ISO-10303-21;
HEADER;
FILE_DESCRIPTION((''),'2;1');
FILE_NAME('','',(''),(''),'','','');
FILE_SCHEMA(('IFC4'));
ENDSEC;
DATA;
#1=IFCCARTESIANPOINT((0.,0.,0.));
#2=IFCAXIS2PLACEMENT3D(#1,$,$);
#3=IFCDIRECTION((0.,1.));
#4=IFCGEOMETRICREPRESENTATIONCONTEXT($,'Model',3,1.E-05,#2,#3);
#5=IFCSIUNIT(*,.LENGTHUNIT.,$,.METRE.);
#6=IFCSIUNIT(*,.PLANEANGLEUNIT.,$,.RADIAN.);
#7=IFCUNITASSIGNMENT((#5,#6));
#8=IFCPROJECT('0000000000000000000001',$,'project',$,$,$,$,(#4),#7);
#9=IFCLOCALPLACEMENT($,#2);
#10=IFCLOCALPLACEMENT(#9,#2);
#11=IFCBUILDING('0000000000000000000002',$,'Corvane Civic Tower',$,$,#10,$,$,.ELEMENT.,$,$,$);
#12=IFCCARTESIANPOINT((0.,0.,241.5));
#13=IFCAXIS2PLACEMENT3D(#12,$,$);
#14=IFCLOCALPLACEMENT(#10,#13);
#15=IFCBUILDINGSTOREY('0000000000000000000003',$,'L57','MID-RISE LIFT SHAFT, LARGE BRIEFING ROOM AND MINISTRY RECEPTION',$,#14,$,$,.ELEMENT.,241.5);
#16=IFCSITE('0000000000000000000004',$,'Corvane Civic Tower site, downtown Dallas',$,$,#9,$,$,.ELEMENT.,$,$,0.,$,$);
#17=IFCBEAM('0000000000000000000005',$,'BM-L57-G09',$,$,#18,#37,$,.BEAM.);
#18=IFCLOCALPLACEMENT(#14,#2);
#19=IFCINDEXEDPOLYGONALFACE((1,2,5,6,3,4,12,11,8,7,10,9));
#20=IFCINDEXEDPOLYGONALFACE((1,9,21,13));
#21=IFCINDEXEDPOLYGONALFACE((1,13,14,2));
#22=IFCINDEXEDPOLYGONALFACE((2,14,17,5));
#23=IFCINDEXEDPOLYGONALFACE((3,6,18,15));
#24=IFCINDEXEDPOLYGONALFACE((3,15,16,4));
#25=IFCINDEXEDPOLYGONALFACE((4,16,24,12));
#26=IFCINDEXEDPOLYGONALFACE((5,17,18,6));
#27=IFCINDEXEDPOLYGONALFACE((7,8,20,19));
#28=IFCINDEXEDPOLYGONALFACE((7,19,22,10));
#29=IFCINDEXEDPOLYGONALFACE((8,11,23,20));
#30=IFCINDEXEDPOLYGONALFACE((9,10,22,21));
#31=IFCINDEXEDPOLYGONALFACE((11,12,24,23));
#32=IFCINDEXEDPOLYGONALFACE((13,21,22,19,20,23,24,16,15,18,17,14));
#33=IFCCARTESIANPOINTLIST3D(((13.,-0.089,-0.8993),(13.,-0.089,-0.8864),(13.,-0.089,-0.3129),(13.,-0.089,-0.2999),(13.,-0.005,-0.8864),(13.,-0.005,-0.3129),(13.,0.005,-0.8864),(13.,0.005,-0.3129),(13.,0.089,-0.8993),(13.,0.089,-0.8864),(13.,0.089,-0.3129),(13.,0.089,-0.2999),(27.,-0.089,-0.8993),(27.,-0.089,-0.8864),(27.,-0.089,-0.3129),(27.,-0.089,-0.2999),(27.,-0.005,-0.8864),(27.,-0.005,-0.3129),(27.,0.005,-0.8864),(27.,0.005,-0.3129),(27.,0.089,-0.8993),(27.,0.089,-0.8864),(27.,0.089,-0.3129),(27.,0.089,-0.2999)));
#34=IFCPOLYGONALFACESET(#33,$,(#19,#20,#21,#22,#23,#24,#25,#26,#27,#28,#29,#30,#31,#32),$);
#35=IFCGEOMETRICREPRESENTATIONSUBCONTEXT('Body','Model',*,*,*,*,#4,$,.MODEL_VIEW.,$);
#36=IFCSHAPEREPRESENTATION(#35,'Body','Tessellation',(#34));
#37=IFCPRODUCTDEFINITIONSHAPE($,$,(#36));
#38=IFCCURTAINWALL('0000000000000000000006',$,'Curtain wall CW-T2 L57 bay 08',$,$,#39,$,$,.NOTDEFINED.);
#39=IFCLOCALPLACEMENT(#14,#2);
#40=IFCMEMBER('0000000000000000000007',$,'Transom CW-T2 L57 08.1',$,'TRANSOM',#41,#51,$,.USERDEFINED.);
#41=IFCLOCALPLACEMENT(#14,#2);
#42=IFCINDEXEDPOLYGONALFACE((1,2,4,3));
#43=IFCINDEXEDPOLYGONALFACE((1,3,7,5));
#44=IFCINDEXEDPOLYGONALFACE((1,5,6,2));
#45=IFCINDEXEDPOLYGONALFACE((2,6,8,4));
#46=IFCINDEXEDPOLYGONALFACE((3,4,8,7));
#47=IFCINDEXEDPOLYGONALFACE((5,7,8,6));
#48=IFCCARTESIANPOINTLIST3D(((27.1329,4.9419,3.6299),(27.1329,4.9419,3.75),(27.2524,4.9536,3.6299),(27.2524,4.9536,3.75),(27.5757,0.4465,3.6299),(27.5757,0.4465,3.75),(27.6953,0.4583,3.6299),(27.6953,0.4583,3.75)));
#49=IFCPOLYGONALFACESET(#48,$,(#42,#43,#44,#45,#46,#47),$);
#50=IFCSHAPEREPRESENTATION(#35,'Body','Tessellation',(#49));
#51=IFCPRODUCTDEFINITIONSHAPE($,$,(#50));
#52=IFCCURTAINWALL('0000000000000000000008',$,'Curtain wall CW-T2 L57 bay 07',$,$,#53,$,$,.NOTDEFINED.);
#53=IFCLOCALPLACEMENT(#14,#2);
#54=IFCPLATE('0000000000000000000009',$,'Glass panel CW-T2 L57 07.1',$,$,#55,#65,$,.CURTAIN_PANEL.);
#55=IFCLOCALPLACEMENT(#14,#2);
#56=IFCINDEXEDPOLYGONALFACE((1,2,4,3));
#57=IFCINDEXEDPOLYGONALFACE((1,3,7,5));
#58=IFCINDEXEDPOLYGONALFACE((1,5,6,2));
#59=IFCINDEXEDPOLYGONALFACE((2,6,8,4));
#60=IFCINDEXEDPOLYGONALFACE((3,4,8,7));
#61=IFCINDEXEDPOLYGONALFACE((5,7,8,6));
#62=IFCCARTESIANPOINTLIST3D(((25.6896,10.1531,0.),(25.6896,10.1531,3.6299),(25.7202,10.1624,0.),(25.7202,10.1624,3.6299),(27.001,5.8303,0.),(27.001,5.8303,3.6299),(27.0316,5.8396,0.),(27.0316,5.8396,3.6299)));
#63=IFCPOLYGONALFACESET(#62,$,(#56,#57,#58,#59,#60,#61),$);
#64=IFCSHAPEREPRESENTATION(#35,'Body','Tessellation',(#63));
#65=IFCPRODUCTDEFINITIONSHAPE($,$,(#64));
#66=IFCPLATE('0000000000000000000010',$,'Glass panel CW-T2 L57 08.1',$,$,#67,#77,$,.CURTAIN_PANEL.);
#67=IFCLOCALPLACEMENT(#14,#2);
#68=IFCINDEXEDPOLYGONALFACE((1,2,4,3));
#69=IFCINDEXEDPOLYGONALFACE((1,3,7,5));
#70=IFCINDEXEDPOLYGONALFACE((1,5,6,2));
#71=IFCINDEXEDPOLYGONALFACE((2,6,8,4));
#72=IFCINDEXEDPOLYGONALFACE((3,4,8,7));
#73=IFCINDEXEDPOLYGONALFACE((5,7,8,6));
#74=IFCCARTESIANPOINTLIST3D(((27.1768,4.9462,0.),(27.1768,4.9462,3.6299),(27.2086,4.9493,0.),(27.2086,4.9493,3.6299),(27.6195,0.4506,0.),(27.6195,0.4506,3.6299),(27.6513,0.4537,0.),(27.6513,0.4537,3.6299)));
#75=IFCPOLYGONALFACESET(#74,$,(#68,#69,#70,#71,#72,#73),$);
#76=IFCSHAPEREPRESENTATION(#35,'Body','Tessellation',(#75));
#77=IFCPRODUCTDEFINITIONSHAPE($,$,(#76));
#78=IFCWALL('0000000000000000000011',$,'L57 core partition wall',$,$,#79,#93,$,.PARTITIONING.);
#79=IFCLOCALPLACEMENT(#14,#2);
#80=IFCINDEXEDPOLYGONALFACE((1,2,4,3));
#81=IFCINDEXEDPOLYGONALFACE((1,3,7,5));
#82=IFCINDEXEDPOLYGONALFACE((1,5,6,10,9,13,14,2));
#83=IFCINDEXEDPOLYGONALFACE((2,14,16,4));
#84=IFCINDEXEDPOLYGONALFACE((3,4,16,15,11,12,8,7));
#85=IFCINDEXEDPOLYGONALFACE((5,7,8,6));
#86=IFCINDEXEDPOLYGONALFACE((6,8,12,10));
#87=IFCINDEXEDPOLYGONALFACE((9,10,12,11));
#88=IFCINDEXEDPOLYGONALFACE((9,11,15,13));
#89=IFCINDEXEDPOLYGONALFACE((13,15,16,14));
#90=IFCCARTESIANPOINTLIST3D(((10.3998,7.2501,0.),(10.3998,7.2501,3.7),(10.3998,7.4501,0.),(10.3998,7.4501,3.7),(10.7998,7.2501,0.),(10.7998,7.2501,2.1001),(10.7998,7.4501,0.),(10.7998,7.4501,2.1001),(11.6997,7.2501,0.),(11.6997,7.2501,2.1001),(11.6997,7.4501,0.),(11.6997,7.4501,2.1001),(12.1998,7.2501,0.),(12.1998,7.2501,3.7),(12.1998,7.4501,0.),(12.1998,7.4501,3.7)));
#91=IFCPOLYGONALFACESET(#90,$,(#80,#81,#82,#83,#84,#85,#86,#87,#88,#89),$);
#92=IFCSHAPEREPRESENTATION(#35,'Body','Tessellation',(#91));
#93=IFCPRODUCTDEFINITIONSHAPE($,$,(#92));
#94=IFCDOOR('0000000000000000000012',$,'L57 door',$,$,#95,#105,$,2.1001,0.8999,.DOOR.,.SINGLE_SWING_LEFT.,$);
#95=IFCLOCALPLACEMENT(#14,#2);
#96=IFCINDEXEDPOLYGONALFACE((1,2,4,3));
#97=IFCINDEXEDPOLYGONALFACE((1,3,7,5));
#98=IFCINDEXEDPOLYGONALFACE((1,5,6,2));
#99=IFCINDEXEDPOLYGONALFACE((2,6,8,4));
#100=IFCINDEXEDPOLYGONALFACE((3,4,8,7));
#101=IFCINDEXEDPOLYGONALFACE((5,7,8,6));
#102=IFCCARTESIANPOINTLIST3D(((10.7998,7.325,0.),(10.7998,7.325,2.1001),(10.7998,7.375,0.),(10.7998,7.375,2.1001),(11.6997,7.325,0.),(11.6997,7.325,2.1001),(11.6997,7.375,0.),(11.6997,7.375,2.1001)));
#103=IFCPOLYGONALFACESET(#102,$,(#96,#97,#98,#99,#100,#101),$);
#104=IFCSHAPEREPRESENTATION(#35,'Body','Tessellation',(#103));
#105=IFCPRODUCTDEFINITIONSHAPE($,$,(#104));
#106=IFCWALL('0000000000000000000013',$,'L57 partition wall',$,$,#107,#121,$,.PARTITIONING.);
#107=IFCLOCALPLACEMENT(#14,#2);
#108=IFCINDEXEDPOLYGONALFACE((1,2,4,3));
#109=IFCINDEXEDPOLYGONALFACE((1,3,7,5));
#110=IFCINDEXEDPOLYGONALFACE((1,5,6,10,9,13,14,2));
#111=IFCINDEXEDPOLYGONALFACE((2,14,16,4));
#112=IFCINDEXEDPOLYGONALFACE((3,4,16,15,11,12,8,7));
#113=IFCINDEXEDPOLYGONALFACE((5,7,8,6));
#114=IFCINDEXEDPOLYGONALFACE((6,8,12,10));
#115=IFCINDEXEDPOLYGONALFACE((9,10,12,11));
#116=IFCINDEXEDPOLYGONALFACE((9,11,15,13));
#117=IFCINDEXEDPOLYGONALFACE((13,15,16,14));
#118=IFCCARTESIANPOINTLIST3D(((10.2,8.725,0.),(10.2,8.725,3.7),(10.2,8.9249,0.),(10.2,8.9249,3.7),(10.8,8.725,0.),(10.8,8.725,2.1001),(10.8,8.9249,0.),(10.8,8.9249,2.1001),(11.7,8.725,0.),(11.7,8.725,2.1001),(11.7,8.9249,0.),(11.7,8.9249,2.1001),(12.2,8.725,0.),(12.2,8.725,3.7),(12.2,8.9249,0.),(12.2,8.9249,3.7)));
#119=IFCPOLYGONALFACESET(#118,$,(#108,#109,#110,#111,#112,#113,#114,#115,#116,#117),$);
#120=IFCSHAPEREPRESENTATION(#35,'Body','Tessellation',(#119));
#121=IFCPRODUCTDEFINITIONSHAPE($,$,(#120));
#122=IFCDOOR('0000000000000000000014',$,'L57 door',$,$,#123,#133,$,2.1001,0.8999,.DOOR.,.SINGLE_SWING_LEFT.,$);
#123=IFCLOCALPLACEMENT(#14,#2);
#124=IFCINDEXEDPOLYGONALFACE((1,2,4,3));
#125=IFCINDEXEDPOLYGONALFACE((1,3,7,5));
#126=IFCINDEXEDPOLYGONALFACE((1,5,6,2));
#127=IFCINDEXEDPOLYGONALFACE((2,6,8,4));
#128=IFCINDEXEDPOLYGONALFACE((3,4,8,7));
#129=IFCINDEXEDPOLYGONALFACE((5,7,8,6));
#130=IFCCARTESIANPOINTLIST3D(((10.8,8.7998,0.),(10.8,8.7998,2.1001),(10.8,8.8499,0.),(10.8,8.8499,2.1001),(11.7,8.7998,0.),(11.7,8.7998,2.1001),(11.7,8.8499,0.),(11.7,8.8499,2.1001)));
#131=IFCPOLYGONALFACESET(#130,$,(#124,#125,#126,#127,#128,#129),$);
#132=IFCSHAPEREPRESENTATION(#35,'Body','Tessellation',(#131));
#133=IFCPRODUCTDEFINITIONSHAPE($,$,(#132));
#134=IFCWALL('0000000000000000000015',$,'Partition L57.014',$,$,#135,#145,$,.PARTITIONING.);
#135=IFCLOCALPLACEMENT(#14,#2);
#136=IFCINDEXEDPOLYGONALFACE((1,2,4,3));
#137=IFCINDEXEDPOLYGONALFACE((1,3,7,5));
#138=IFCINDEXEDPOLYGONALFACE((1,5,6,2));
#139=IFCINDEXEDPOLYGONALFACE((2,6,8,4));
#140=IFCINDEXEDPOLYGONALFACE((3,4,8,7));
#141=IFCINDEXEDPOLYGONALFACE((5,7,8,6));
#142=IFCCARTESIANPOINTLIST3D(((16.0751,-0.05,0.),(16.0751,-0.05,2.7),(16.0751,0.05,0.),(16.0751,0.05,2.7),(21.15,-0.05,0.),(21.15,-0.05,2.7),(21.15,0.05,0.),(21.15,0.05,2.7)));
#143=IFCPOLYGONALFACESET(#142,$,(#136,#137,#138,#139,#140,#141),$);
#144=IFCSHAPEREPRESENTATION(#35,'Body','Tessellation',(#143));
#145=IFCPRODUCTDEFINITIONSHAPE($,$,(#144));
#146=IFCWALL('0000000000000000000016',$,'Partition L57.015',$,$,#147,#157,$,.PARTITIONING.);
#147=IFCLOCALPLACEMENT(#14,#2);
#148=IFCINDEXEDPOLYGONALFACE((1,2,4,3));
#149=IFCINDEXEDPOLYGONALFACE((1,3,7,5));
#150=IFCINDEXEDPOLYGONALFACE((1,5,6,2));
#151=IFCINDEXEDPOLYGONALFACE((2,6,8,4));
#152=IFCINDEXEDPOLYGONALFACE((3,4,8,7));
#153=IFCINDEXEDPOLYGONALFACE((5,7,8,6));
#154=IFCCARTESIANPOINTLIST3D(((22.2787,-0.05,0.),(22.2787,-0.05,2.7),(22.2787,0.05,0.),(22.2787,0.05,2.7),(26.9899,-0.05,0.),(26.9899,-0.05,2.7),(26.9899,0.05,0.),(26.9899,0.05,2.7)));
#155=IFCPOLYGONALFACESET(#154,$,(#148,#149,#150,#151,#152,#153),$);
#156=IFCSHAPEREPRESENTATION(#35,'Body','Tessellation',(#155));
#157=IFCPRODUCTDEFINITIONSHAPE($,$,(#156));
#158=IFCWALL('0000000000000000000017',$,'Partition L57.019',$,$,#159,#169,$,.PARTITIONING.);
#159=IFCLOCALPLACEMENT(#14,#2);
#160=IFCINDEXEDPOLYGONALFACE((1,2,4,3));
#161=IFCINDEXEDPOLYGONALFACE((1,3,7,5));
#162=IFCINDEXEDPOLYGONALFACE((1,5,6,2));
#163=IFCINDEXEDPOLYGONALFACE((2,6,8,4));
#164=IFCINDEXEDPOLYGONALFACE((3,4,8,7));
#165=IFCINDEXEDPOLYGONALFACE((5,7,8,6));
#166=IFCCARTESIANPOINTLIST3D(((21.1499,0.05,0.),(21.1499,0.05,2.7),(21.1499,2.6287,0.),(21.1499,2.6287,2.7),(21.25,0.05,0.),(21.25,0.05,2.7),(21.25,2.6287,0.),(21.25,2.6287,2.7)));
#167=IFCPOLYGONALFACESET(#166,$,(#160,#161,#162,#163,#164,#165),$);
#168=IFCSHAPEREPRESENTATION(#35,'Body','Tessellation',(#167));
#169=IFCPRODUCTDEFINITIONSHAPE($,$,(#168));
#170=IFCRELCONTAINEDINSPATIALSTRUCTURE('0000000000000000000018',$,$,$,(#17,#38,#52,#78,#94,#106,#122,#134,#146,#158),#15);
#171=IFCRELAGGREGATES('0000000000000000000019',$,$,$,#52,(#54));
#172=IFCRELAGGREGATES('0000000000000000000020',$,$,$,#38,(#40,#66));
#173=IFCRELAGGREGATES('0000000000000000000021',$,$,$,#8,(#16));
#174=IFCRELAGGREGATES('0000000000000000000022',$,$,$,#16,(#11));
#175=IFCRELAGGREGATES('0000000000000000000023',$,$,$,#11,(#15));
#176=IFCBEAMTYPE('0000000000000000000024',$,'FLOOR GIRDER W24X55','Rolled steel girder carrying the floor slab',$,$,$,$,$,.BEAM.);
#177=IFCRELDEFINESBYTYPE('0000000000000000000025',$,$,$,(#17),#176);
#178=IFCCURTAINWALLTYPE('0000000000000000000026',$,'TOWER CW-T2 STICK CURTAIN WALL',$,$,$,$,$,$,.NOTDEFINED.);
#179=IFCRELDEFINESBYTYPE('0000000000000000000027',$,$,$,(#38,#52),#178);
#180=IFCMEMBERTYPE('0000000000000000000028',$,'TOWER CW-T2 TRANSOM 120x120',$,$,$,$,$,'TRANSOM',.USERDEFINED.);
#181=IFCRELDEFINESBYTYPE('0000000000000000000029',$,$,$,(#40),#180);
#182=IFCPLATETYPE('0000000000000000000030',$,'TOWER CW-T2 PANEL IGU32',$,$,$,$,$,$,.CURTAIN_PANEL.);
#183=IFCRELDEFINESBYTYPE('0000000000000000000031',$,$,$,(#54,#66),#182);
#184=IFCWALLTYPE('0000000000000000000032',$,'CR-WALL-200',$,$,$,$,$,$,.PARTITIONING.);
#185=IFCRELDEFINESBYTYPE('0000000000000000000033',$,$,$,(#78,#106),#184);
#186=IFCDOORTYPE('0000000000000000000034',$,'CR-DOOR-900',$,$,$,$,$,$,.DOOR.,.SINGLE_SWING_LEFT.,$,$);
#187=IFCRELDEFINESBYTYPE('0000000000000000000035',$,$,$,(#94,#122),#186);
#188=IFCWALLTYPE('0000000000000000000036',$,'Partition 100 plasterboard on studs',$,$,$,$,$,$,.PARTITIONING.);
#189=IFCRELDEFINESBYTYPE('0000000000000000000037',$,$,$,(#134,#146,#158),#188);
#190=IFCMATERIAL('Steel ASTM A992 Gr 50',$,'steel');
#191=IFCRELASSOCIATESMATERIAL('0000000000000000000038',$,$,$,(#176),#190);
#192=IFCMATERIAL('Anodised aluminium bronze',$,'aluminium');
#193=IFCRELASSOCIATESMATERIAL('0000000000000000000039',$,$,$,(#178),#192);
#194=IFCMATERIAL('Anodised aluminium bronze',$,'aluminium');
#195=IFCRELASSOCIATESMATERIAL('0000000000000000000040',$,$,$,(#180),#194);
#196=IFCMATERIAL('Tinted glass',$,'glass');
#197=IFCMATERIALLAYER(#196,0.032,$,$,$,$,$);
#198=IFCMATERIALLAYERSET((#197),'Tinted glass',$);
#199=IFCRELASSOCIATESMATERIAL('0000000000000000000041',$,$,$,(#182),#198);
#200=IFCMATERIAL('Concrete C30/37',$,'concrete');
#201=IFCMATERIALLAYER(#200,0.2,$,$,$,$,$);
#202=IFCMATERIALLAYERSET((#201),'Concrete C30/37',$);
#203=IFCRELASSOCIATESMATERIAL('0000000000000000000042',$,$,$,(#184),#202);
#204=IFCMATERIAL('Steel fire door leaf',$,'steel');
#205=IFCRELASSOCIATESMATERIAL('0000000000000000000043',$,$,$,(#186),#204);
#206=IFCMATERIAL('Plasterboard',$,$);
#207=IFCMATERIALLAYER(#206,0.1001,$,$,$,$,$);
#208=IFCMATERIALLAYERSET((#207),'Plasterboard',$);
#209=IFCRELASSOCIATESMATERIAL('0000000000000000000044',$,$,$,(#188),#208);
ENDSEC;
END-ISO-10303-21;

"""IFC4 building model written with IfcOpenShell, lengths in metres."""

from ifc_helpers import new_model, si_unit, direction, frame, frame_2d, origin, origin_2d, place, context, subcontext, project, spatial, rectangle, i_section, extrude, material, layer, layer_set, material_profile, profile_set, type_object, element, fill, aggregate, save


model = new_model("IFC4")

# Units and contexts
model_context = context("Model", 3, precision=1e-05, world=origin(), true_north=direction((0.0, 1.0)))
body_context = subcontext(model_context, "Body", "Model", "MODEL_VIEW")
ifc_project = project(units=[si_unit("LENGTHUNIT", "METRE"), si_unit("PLANEANGLEUNIT", "RADIAN")], contexts=[model_context])

# Site, building, storey
site_placement = place(None, origin())
site = spatial("IfcSite", under=ifc_project, at=site_placement, Name="Corvane Civic Tower site, downtown Dallas", CompositionType="ELEMENT", RefElevation=0.0)
building_placement = place(site_placement, origin())
building = spatial("IfcBuilding", under=site, at=building_placement, Name="Corvane Civic Tower", CompositionType="ELEMENT")
storey_placement = place(building_placement, frame((0.0, 0.0, 241.5)))
storey = spatial("IfcBuildingStorey", under=building, at=storey_placement, Name="L57", Description="MID-RISE LIFT SHAFT, LARGE BRIEFING ROOM AND MINISTRY RECEPTION", CompositionType="ELEMENT", Elevation=241.5)

# Beam
ifc_material_1 = material(Name="Steel ASTM A992 Gr 50", Category="steel")
ifc_material_profile_1 = material_profile(ifc_material_1, i_section(OverallWidth=0.178, OverallDepth=0.5994, WebThickness=0.01, FlangeThickness=0.0129, at=origin_2d()), Name="W24X55")
ifc_profile_set_1 = profile_set([ifc_material_profile_1], Name="Steel ASTM A992 Gr 50")
beam_type_1 = type_object("IfcBeamType", Name="FLOOR GIRDER W24X55", Description="Rolled steel girder carrying the floor slab", PredefinedType="BEAM", material=ifc_profile_set_1)
beam_1_placement = place(storey_placement, frame((13.0, 0.0, -0.5996), z_axis=(1.0, 0.0, 0.0), x_axis=(0.0, 1.0, 0.0)))
element("IfcBeam", 1, at=beam_1_placement, inside=storey, type_object=beam_type_1, Name="BM-L57-G09", PredefinedType="BEAM", context=body_context, shape_type="SweptSolid", body=[
    extrude(i_section(OverallWidth=0.178, OverallDepth=0.5994, WebThickness=0.01, FlangeThickness=0.0129, at=origin_2d()), origin(), (0.0, 0.0, 1.0), 14.0),
])

# Curtain wall, member
ifc_material_2 = material(Name="Anodised aluminium bronze", Category="aluminium")
curtain_wall_type = type_object("IfcCurtainWallType", Name="TOWER CW-T2 STICK CURTAIN WALL", PredefinedType="NOTDEFINED", material=ifc_material_2)
curtain_wall_1_placement = place(storey_placement, origin())
curtain_wall_1 = element("IfcCurtainWall", 2, at=curtain_wall_1_placement, inside=storey, type_object=curtain_wall_type, Name="Curtain wall CW-T2 L57 bay 08", PredefinedType="NOTDEFINED")
ifc_material_3 = material(Name="Anodised aluminium bronze", Category="aluminium")
ifc_material_profile_2 = material_profile(ifc_material_3, rectangle(XDim=0.1201, YDim=0.1201, at=origin_2d()), Name="TOWER CW-T2 TRANSOM 120x120")
ifc_profile_set_2 = profile_set([ifc_material_profile_2], Name="Anodised aluminium bronze")
member_type = type_object("IfcMemberType", Name="TOWER CW-T2 TRANSOM 120x120", ElementType="TRANSOM", PredefinedType="USERDEFINED", material=ifc_profile_set_2)
member_placement = place(storey_placement, frame((27.1926, 4.9478, 3.6899), z_axis=(0.098043, -0.995182, 0.0), x_axis=(0.995182, 0.098043, 0.0)))
member = element("IfcMember", 3, at=member_placement, type_object=member_type, Name="Transom CW-T2 L57 08.1", ObjectType="TRANSOM", PredefinedType="USERDEFINED", context=body_context, shape_type="SweptSolid", body=[
    extrude(rectangle(XDim=0.1201, YDim=0.1201, at=origin_2d()), origin(), (0.0, 0.0, 1.0), 4.5171),
])

# Curtain wall, plate
curtain_wall_2_placement = place(storey_placement, origin())
curtain_wall_2 = element("IfcCurtainWall", 4, at=curtain_wall_2_placement, inside=storey, type_object=curtain_wall_type, Name="Curtain wall CW-T2 L57 bay 07", PredefinedType="NOTDEFINED")
ifc_material_4 = material(Name="Tinted glass", Category="glass")
ifc_layer_1 = layer(ifc_material_4, 0.032)
ifc_layer_set_1 = layer_set([ifc_layer_1], Name="Tinted glass")
plate_type = type_object("IfcPlateType", Name="TOWER CW-T2 PANEL IGU32", PredefinedType="CURTAIN_PANEL", material=ifc_layer_set_1)
plate_1_placement = place(storey_placement, frame((26.3606, 7.9963, 0.0), z_axis=(0.0, 0.0, 1.0), x_axis=(0.29029, -0.956939, 0.0)))
plate_1 = element("IfcPlate", 5, at=plate_1_placement, type_object=plate_type, Name="Glass panel CW-T2 L57 07.1", PredefinedType="CURTAIN_PANEL", context=body_context, shape_type="SweptSolid", body=[
    extrude(rectangle(XDim=4.5173, YDim=0.032, at=origin_2d()), origin(), (0.0, 0.0, 1.0), 3.6299),
])
aggregate(curtain_wall_2, [plate_1])

# Plate
plate_2_placement = place(storey_placement, frame((27.4141, 2.7, 0.0), z_axis=(0.0, 0.0, 1.0), x_axis=(0.097993, -0.995187, 0.0)))
plate_2 = element("IfcPlate", 6, at=plate_2_placement, type_object=plate_type, Name="Glass panel CW-T2 L57 08.1", PredefinedType="CURTAIN_PANEL", context=body_context, shape_type="SweptSolid", body=[
    extrude(rectangle(XDim=4.5173, YDim=0.032, at=origin_2d()), origin(), (0.0, 0.0, 1.0), 3.6299),
])
aggregate(curtain_wall_1, [member, plate_2])

# Walls, openings, doors
ifc_material_5 = material(Name="Concrete C30/37", Category="concrete")
ifc_layer_2 = layer(ifc_material_5, 0.2)
ifc_layer_set_2 = layer_set([ifc_layer_2], Name="Concrete C30/37")
wall_type_1 = type_object("IfcWallType", Name="CR-WALL-200", PredefinedType="PARTITIONING", material=ifc_layer_set_2)
wall_1_placement = place(storey_placement, frame((10.3999, 7.3501, 0.0), z_axis=(0.0, 0.0, 1.0), x_axis=(1.0, 0.0, 0.0)))
wall_1 = element("IfcWall", 7, at=wall_1_placement, inside=storey, type_object=wall_type_1, Name="L57 core partition wall", PredefinedType="PARTITIONING", context=body_context, shape_type="SweptSolid", body=[
    extrude(rectangle(XDim=1.8, YDim=0.2, at=frame_2d((0.8999, 0.0))), origin(), (0.0, 0.0, 1.0), 3.7),
])
opening_1_placement = place(wall_1_placement, frame((0.3999, 0.0, 0.0)))
opening_1 = element("IfcOpeningElement", 8, at=opening_1_placement, cuts=wall_1, PredefinedType="OPENING", context=body_context, shape_type="SweptSolid", body=[
    extrude(rectangle(XDim=0.8999, YDim=2.1001, at=frame_2d((0.45, 1.05))), frame((0.0, 0.1099, 0.0), z_axis=(0.0, -1.0, 0.0), x_axis=(1.0, 0.0, 0.0)), (0.0, 0.0, 1.0), 0.22),
])
ifc_material_6 = material(Name="Steel fire door leaf", Category="steel")
door_type = type_object("IfcDoorType", Name="CR-DOOR-900", OperationType="SINGLE_SWING_LEFT", PredefinedType="DOOR", material=ifc_material_6)
door_1_placement = place(opening_1_placement, origin())
door_1 = element("IfcDoor", 9, at=door_1_placement, inside=storey, type_object=door_type, Name="L57 door", OperationType="SINGLE_SWING_LEFT", OverallHeight=2.1001, OverallWidth=0.8999, PredefinedType="DOOR", context=body_context, shape_type="SweptSolid", body=[
    extrude(rectangle(XDim=0.8999, YDim=2.1001, at=frame_2d((0.45, 1.05))), frame((0.0, 0.0249, 0.0), z_axis=(0.0, -1.0, 0.0), x_axis=(1.0, 0.0, 0.0)), (0.0, 0.0, 1.0), 0.05),
])
fill(opening_1, door_1)
wall_2_placement = place(storey_placement, frame((10.2, 8.825, 0.0), z_axis=(0.0, 0.0, 1.0), x_axis=(1.0, 0.0, 0.0)))
wall_2 = element("IfcWall", 10, at=wall_2_placement, inside=storey, type_object=wall_type_1, Name="L57 partition wall", PredefinedType="PARTITIONING", context=body_context, shape_type="SweptSolid", body=[
    extrude(rectangle(XDim=2.0, YDim=0.2, at=frame_2d((1.0, 0.0))), origin(), (0.0, 0.0, 1.0), 3.7),
])
opening_2_placement = place(wall_2_placement, frame((0.6001, 0.0, 0.0)))
opening_2 = element("IfcOpeningElement", 11, at=opening_2_placement, cuts=wall_2, PredefinedType="OPENING", context=body_context, shape_type="SweptSolid", body=[
    extrude(rectangle(XDim=0.8999, YDim=2.1001, at=frame_2d((0.45, 1.05))), frame((0.0, 0.1099, 0.0), z_axis=(0.0, -1.0, 0.0), x_axis=(1.0, 0.0, 0.0)), (0.0, 0.0, 1.0), 0.22),
])
door_2_placement = place(opening_2_placement, origin())
door_2 = element("IfcDoor", 12, at=door_2_placement, inside=storey, type_object=door_type, Name="L57 door", OperationType="SINGLE_SWING_LEFT", OverallHeight=2.1001, OverallWidth=0.8999, PredefinedType="DOOR", context=body_context, shape_type="SweptSolid", body=[
    extrude(rectangle(XDim=0.8999, YDim=2.1001, at=frame_2d((0.45, 1.05))), frame((0.0, 0.0249, 0.0), z_axis=(0.0, -1.0, 0.0), x_axis=(1.0, 0.0, 0.0)), (0.0, 0.0, 1.0), 0.05),
])
fill(opening_2, door_2)

# Walls
ifc_material_7 = material(Name="Plasterboard")
ifc_layer_3 = layer(ifc_material_7, 0.1001)
ifc_layer_set_3 = layer_set([ifc_layer_3], Name="Plasterboard")
wall_type_2 = type_object("IfcWallType", Name="Partition 100 plasterboard on studs", PredefinedType="PARTITIONING", material=ifc_layer_set_3)
wall_3_placement = place(storey_placement, frame((16.075, 0.0, 0.0), z_axis=(0.0, 0.0, 1.0), x_axis=(1.0, 0.0, 0.0)))
element("IfcWall", 13, at=wall_3_placement, inside=storey, type_object=wall_type_2, Name="Partition L57.014", PredefinedType="PARTITIONING", context=body_context, shape_type="SweptSolid", body=[
    extrude(rectangle(XDim=5.075, YDim=0.1001, at=frame_2d((2.5376, 0.0))), origin(), (0.0, 0.0, 1.0), 2.7),
])
wall_4_placement = place(storey_placement, frame((22.2788, 0.0, 0.0), z_axis=(0.0, 0.0, 1.0), x_axis=(1.0, 0.0, 0.0)))
element("IfcWall", 14, at=wall_4_placement, inside=storey, type_object=wall_type_2, Name="Partition L57.015", PredefinedType="PARTITIONING", context=body_context, shape_type="SweptSolid", body=[
    extrude(rectangle(XDim=4.7112, YDim=0.1001, at=frame_2d((2.3555, 0.0))), origin(), (0.0, 0.0, 1.0), 2.7),
])
wall_5_placement = place(storey_placement, frame((21.2, 0.05, 0.0), z_axis=(0.0, 0.0, 1.0), x_axis=(0.0, 1.0, 0.0)))
element("IfcWall", 15, at=wall_5_placement, inside=storey, type_object=wall_type_2, Name="Partition L57.019", PredefinedType="PARTITIONING", context=body_context, shape_type="SweptSolid", body=[
    extrude(rectangle(XDim=2.5786, YDim=0.1001, at=frame_2d((1.2893, 0.0))), origin(), (0.0, 0.0, 1.0), 2.7),
])

save(model, "model.ifc")
